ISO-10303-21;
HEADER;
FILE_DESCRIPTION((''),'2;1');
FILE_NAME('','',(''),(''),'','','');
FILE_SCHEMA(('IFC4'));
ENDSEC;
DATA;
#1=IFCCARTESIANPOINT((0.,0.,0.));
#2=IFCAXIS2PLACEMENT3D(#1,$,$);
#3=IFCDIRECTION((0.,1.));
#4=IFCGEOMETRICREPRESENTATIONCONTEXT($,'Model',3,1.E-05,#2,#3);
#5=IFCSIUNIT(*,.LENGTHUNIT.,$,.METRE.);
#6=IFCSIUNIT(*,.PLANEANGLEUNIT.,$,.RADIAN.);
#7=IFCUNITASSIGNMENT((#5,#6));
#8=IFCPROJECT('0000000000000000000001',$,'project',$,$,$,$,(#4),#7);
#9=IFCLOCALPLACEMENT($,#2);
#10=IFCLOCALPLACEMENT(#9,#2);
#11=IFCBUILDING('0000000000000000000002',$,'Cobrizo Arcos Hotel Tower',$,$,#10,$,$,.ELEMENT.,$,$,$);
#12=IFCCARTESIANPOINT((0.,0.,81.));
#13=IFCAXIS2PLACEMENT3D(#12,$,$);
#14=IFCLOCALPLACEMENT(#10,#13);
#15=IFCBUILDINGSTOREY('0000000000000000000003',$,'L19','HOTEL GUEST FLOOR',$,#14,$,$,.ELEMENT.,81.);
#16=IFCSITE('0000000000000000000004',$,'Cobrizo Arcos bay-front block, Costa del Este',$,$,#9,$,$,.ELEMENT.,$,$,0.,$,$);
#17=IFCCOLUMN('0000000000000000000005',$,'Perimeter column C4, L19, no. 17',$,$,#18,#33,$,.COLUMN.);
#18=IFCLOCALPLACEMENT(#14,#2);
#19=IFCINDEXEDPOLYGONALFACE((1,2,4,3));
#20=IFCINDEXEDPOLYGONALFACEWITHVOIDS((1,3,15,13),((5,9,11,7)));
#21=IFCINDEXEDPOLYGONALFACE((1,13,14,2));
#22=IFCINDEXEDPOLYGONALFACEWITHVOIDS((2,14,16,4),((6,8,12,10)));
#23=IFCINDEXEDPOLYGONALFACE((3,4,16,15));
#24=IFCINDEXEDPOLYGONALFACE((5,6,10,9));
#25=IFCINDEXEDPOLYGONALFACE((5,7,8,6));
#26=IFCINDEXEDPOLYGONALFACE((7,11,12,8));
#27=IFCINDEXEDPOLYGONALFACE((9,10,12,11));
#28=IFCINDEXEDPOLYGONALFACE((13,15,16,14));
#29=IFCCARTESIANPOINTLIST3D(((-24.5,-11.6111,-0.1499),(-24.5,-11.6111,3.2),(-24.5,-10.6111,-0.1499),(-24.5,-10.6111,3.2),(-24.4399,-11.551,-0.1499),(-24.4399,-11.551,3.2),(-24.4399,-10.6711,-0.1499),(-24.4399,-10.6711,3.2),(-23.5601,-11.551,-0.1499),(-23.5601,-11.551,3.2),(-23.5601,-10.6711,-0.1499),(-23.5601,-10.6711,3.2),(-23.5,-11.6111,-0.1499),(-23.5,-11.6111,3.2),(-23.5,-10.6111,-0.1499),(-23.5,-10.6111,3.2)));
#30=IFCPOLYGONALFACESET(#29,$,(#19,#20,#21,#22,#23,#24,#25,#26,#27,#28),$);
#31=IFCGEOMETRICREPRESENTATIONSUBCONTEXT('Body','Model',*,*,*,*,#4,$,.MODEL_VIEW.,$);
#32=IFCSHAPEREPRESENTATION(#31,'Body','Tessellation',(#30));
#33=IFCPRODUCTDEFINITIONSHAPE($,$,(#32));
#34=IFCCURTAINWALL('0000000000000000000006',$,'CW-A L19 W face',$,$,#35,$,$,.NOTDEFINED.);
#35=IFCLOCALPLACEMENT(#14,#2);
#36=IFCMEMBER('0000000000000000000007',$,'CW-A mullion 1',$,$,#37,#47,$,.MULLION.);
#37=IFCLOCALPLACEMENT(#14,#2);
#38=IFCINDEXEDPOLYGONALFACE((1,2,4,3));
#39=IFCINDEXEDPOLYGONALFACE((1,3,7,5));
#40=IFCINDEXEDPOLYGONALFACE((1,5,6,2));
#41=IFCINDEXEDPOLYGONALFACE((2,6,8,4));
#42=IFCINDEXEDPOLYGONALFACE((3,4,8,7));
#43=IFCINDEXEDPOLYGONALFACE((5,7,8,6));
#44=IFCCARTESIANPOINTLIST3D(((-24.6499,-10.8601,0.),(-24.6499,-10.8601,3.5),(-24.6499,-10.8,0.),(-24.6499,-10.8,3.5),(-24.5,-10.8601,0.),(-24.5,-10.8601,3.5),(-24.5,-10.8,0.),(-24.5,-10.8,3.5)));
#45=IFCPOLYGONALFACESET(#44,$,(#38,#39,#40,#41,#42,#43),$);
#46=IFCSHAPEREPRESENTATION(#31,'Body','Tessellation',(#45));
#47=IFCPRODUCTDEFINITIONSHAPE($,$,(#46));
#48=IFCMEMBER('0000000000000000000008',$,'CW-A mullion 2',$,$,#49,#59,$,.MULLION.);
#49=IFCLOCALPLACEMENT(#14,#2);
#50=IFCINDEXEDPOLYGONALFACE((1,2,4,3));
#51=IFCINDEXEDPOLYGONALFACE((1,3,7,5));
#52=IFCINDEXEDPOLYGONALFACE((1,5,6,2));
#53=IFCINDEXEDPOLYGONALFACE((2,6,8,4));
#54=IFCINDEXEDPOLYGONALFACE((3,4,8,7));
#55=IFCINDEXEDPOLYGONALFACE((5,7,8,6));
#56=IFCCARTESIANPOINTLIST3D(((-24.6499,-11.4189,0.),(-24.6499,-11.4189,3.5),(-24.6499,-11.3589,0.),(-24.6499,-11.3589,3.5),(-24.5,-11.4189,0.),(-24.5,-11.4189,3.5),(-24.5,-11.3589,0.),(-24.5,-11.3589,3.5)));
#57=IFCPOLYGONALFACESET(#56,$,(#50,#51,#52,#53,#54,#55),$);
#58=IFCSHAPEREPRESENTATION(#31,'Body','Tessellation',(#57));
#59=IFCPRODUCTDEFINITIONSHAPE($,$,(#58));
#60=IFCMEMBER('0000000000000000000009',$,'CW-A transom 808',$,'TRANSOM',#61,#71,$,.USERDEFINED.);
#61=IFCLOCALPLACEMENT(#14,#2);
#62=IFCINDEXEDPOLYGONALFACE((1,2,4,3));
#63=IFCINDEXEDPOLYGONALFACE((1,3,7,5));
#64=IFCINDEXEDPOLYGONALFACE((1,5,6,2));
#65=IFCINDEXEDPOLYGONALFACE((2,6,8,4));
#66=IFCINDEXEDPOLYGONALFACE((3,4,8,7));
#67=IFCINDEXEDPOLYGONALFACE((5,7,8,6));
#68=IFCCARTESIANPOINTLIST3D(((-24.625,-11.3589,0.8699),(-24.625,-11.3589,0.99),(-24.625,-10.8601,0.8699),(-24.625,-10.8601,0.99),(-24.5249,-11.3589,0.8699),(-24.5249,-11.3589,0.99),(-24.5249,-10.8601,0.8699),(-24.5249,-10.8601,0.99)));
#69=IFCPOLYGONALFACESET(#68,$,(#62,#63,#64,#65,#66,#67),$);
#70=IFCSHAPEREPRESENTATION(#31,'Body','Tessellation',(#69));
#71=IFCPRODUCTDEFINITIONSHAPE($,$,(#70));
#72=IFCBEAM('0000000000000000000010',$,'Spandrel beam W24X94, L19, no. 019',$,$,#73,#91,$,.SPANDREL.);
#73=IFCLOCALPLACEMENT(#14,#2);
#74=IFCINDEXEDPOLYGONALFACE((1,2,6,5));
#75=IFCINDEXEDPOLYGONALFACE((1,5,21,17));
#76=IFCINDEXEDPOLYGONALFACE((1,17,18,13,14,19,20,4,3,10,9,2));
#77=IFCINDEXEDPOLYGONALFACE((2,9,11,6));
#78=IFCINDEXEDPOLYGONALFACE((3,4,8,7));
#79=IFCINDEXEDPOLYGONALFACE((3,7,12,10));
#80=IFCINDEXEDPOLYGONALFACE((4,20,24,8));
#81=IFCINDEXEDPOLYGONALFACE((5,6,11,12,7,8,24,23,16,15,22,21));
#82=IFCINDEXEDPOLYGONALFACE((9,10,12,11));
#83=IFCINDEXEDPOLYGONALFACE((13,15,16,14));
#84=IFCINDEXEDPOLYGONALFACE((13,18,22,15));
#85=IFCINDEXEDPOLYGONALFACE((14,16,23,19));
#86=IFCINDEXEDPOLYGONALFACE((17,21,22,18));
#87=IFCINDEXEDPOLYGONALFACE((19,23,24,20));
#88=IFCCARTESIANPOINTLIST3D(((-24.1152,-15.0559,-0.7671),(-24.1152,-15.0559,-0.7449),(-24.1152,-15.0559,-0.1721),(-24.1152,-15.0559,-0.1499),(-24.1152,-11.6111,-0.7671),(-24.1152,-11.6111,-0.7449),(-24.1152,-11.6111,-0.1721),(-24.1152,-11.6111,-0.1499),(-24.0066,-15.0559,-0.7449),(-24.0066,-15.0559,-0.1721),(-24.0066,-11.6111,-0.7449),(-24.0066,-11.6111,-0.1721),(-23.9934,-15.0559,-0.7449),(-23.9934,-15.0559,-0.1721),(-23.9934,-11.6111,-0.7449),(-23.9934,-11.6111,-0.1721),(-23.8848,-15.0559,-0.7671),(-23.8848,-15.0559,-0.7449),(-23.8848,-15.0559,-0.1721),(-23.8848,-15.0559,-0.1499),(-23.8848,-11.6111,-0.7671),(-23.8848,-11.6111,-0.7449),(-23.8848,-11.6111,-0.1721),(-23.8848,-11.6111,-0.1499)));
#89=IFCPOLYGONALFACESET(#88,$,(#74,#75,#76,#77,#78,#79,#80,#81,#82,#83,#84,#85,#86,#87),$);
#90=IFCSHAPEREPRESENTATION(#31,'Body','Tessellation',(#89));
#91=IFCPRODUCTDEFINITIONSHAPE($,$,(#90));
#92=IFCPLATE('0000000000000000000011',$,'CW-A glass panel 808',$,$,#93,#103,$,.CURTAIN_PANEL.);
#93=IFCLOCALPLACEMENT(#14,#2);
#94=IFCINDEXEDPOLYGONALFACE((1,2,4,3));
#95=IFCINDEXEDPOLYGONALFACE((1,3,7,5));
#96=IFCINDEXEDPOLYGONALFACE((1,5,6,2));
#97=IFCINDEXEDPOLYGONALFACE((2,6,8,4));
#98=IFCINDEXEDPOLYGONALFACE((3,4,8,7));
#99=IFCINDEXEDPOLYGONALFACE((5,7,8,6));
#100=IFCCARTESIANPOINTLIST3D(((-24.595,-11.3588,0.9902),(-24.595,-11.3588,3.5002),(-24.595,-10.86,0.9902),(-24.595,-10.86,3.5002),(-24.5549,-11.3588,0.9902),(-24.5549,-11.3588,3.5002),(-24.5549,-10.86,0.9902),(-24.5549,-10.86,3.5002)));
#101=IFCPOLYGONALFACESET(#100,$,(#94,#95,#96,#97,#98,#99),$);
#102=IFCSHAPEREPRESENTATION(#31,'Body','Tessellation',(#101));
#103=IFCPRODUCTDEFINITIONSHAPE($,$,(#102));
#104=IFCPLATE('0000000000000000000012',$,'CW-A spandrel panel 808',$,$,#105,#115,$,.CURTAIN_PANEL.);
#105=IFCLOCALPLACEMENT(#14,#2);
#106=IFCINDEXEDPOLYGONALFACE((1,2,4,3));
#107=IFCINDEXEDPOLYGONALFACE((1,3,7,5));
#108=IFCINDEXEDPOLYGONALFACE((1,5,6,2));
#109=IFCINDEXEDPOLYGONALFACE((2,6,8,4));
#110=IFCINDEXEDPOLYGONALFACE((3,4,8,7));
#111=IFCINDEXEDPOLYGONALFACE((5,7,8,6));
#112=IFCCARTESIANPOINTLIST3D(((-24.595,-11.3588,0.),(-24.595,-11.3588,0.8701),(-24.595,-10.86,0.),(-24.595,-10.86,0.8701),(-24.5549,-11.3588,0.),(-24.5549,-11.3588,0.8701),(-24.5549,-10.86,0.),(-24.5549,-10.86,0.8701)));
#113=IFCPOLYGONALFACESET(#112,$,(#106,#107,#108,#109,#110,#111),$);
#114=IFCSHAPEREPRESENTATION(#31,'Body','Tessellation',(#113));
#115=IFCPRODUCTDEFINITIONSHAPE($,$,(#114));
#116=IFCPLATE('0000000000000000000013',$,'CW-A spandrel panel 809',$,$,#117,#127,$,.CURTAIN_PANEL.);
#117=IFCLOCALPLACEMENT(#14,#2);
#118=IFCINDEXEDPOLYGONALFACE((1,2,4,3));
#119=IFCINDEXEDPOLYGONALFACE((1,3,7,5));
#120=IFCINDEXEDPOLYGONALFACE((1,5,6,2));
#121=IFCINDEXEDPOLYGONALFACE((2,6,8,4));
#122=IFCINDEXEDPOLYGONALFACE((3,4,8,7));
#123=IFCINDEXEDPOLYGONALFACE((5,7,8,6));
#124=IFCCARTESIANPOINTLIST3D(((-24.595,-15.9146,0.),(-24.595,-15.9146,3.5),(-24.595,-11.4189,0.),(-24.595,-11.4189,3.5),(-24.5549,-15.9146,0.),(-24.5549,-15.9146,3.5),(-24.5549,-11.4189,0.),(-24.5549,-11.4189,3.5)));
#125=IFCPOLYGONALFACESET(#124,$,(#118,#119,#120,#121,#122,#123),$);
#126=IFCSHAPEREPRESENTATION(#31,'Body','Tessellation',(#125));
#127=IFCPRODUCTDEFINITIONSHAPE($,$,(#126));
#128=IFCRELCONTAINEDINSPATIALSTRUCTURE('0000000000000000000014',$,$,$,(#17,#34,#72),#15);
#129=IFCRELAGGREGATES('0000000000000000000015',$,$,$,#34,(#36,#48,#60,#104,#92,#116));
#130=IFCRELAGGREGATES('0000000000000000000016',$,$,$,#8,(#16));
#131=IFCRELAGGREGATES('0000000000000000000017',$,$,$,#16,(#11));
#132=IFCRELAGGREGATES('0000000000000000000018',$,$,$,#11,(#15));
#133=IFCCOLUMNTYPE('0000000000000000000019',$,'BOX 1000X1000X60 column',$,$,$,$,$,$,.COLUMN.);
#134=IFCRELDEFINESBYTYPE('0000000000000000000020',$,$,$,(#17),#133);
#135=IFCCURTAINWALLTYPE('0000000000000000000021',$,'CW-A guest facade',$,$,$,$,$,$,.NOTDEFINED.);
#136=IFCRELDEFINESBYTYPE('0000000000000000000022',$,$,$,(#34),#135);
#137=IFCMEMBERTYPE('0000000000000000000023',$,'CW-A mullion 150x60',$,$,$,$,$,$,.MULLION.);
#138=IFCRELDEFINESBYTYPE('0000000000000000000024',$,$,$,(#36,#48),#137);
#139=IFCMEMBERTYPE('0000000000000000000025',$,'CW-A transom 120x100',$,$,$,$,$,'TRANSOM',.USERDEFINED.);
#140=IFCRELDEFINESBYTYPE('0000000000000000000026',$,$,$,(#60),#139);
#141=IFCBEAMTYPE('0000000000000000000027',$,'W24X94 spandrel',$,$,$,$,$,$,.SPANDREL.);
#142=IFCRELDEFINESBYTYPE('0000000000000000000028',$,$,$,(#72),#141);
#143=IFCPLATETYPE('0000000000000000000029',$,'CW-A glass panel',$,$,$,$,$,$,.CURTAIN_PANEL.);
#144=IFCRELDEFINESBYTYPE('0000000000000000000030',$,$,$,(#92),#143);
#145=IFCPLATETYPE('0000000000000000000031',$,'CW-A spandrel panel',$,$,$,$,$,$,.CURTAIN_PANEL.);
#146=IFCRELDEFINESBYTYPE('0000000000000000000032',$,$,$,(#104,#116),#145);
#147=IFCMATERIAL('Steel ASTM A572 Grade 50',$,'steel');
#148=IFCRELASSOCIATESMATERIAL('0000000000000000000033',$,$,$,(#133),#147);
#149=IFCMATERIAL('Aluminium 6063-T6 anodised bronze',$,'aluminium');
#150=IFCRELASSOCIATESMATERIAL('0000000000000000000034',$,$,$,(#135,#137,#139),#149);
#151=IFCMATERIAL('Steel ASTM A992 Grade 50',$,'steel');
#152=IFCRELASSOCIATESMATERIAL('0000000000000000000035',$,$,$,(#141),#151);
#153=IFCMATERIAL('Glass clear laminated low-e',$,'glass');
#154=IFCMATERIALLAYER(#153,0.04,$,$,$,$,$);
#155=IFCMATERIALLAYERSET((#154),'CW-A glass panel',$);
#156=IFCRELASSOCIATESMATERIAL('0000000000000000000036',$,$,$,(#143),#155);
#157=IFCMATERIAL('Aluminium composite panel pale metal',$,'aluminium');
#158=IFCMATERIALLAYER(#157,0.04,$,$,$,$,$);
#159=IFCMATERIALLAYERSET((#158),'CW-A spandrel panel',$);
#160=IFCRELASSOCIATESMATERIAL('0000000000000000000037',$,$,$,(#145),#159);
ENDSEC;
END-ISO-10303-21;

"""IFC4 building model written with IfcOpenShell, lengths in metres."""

from ifc_helpers import new_model, si_unit, direction, frame, origin, origin_2d, place, context, subcontext, project, spatial, rectangle, hollow_rectangle, i_section, extrude, material, layer, layer_set, material_profile, profile_set, type_object, element, aggregate, save


model = new_model("IFC4")

# Units and contexts
model_context = context("Model", 3, precision=1e-05, world=origin(), true_north=direction((0.0, 1.0)))
body_context = subcontext(model_context, "Body", "Model", "MODEL_VIEW")
ifc_project = project(units=[si_unit("LENGTHUNIT", "METRE"), si_unit("PLANEANGLEUNIT", "RADIAN")], contexts=[model_context])

# Site, building, storey
site_placement = place(None, origin())
site = spatial("IfcSite", under=ifc_project, at=site_placement, Name="Cobrizo Arcos bay-front block, Costa del Este", CompositionType="ELEMENT", RefElevation=0.0)
building_placement = place(site_placement, origin())
building = spatial("IfcBuilding", under=site, at=building_placement, Name="Cobrizo Arcos Hotel Tower", CompositionType="ELEMENT")
storey_placement = place(building_placement, frame((0.0, 0.0, 81.0)))
storey = spatial("IfcBuildingStorey", under=building, at=storey_placement, Name="L19", Description="HOTEL GUEST FLOOR", CompositionType="ELEMENT", Elevation=81.0)

# Column
ifc_material_1 = material(Name="Steel ASTM A572 Grade 50", Category="steel")
ifc_material_profile_1 = material_profile(ifc_material_1, hollow_rectangle(XDim=1.0, YDim=1.0, WallThickness=0.0601, at=origin_2d()), Name="BOX 1000X1000X60")
ifc_profile_set_1 = profile_set([ifc_material_profile_1], Name="Steel ASTM A572 Grade 50")
column_type = type_object("IfcColumnType", Name="BOX 1000X1000X60 column", PredefinedType="COLUMN", material=ifc_profile_set_1)
column_placement = place(storey_placement, frame((-24.0, -11.1111, -0.1499), z_axis=(0.0, 0.0, 1.0), x_axis=(1.0, 0.0, 0.0)))
element("IfcColumn", 1, at=column_placement, inside=storey, type_object=column_type, Name="Perimeter column C4, L19, no. 17", PredefinedType="COLUMN", context=body_context, shape_type="SweptSolid", body=[
    extrude(hollow_rectangle(XDim=1.0, YDim=1.0, WallThickness=0.0601, at=origin_2d()), origin(), (0.0, 0.0, 1.0), 3.3499),
])

# Curtain wall, members
ifc_material_2 = material(Name="Aluminium 6063-T6 anodised bronze", Category="aluminium")
curtain_wall_type = type_object("IfcCurtainWallType", Name="CW-A guest facade", PredefinedType="NOTDEFINED", material=ifc_material_2)
curtain_wall_placement = place(storey_placement, origin())
curtain_wall = element("IfcCurtainWall", 2, at=curtain_wall_placement, inside=storey, type_object=curtain_wall_type, Name="CW-A L19 W face", PredefinedType="NOTDEFINED")
ifc_material_profile_2 = material_profile(ifc_material_2, rectangle(XDim=0.1499, YDim=0.0601, at=origin_2d()), Name="CW-A mullion 150x60")
ifc_profile_set_2 = profile_set([ifc_material_profile_2], Name="Aluminium 6063-T6 anodised bronze")
member_type_1 = type_object("IfcMemberType", Name="CW-A mullion 150x60", PredefinedType="MULLION", material=ifc_profile_set_2)
member_1_placement = place(storey_placement, frame((-24.575, -10.8301, 0.0), z_axis=(0.0, 0.0, 1.0), x_axis=(-1.0, 0.0, 0.0)))
member_1 = element("IfcMember", 3, at=member_1_placement, type_object=member_type_1, Name="CW-A mullion 1", PredefinedType="MULLION", context=body_context, shape_type="SweptSolid", body=[
    extrude(rectangle(XDim=0.1499, YDim=0.0601, at=origin_2d()), origin(), (0.0, 0.0, 1.0), 3.5),
])
member_2_placement = place(storey_placement, frame((-24.575, -11.3889, 0.0), z_axis=(0.0, 0.0, 1.0), x_axis=(-1.0, 0.0, 0.0)))
member_2 = element("IfcMember", 4, at=member_2_placement, type_object=member_type_1, Name="CW-A mullion 2", PredefinedType="MULLION", context=body_context, shape_type="SweptSolid", body=[
    extrude(rectangle(XDim=0.1499, YDim=0.0601, at=origin_2d()), origin(), (0.0, 0.0, 1.0), 3.5),
])
ifc_material_profile_3 = material_profile(ifc_material_2, rectangle(XDim=0.1001, YDim=0.1201, at=origin_2d()), Name="CW-A transom 120x100")
ifc_profile_set_3 = profile_set([ifc_material_profile_3], Name="Aluminium 6063-T6 anodised bronze")
member_type_2 = type_object("IfcMemberType", Name="CW-A transom 120x100", ElementType="TRANSOM", PredefinedType="USERDEFINED", material=ifc_profile_set_3)
member_3_placement = place(storey_placement, frame((-24.575, -10.8601, 0.9299), z_axis=(0.0, -1.0, 0.0), x_axis=(1.0, 0.0, 0.0)))
member_3 = element("IfcMember", 5, at=member_3_placement, type_object=member_type_2, Name="CW-A transom 808", ObjectType="TRANSOM", PredefinedType="USERDEFINED", context=body_context, shape_type="SweptSolid", body=[
    extrude(rectangle(XDim=0.1001, YDim=0.1201, at=origin_2d()), origin(), (0.0, 0.0, 1.0), 0.4988),
])

# Beam
ifc_material_3 = material(Name="Steel ASTM A992 Grade 50", Category="steel")
ifc_material_profile_4 = material_profile(ifc_material_3, i_section(OverallWidth=0.2305, OverallDepth=0.6172, WebThickness=0.0132, FlangeThickness=0.0222, at=origin_2d()), Name="W24X94")
ifc_profile_set_4 = profile_set([ifc_material_profile_4], Name="Steel ASTM A992 Grade 50")
beam_type = type_object("IfcBeamType", Name="W24X94 spandrel", PredefinedType="SPANDREL", material=ifc_profile_set_4)
beam_placement = place(storey_placement, frame((-24.0, -15.0559, -0.4585), z_axis=(0.0, 1.0, 0.0), x_axis=(-1.0, 0.0, 0.0)))
element("IfcBeam", 6, at=beam_placement, inside=storey, type_object=beam_type, Name="Spandrel beam W24X94, L19, no. 019", PredefinedType="SPANDREL", context=body_context, shape_type="SweptSolid", body=[
    extrude(i_section(OverallWidth=0.2305, OverallDepth=0.6172, WebThickness=0.0132, FlangeThickness=0.0222, at=origin_2d()), origin(), (0.0, 0.0, 1.0), 3.4448),
])

# Plates
ifc_material_4 = material(Name="Glass clear laminated low-e", Category="glass")
ifc_layer_1 = layer(ifc_material_4, 0.04)
ifc_layer_set_1 = layer_set([ifc_layer_1], Name="CW-A glass panel")
plate_type_1 = type_object("IfcPlateType", Name="CW-A glass panel", PredefinedType="CURTAIN_PANEL", material=ifc_layer_set_1)
plate_1_placement = place(storey_placement, frame((-24.575, -11.1094, 0.9902), z_axis=(0.0, 0.0, 1.0), x_axis=(0.0, -1.0, 0.0)))
plate_1 = element("IfcPlate", 7, at=plate_1_placement, type_object=plate_type_1, Name="CW-A glass panel 808", PredefinedType="CURTAIN_PANEL", context=body_context, shape_type="SweptSolid", body=[
    extrude(rectangle(XDim=0.4988, YDim=0.04, at=origin_2d()), origin(), (0.0, 0.0, 1.0), 2.51),
])
ifc_material_5 = material(Name="Aluminium composite panel pale metal", Category="aluminium")
ifc_layer_2 = layer(ifc_material_5, 0.04)
ifc_layer_set_2 = layer_set([ifc_layer_2], Name="CW-A spandrel panel")
plate_type_2 = type_object("IfcPlateType", Name="CW-A spandrel panel", PredefinedType="CURTAIN_PANEL", material=ifc_layer_set_2)
plate_2_placement = place(storey_placement, frame((-24.575, -11.1094, 0.0), z_axis=(0.0, 0.0, 1.0), x_axis=(0.0, -1.0, 0.0)))
plate_2 = element("IfcPlate", 8, at=plate_2_placement, type_object=plate_type_2, Name="CW-A spandrel panel 808", PredefinedType="CURTAIN_PANEL", context=body_context, shape_type="SweptSolid", body=[
    extrude(rectangle(XDim=0.4988, YDim=0.04, at=origin_2d()), origin(), (0.0, 0.0, 1.0), 0.8701),
])
plate_3_placement = place(storey_placement, frame((-24.575, -13.6667, 0.0), z_axis=(0.0, 0.0, 1.0), x_axis=(0.0, -1.0, 0.0)))
plate_3 = element("IfcPlate", 9, at=plate_3_placement, type_object=plate_type_2, Name="CW-A spandrel panel 809", PredefinedType="CURTAIN_PANEL", context=body_context, shape_type="SweptSolid", body=[
    extrude(rectangle(XDim=4.4956, YDim=0.04, at=origin_2d()), origin(), (0.0, 0.0, 1.0), 3.5),
])
aggregate(curtain_wall, [member_1, member_2, member_3, plate_2, plate_1, plate_3])

save(model, "model.ifc")
